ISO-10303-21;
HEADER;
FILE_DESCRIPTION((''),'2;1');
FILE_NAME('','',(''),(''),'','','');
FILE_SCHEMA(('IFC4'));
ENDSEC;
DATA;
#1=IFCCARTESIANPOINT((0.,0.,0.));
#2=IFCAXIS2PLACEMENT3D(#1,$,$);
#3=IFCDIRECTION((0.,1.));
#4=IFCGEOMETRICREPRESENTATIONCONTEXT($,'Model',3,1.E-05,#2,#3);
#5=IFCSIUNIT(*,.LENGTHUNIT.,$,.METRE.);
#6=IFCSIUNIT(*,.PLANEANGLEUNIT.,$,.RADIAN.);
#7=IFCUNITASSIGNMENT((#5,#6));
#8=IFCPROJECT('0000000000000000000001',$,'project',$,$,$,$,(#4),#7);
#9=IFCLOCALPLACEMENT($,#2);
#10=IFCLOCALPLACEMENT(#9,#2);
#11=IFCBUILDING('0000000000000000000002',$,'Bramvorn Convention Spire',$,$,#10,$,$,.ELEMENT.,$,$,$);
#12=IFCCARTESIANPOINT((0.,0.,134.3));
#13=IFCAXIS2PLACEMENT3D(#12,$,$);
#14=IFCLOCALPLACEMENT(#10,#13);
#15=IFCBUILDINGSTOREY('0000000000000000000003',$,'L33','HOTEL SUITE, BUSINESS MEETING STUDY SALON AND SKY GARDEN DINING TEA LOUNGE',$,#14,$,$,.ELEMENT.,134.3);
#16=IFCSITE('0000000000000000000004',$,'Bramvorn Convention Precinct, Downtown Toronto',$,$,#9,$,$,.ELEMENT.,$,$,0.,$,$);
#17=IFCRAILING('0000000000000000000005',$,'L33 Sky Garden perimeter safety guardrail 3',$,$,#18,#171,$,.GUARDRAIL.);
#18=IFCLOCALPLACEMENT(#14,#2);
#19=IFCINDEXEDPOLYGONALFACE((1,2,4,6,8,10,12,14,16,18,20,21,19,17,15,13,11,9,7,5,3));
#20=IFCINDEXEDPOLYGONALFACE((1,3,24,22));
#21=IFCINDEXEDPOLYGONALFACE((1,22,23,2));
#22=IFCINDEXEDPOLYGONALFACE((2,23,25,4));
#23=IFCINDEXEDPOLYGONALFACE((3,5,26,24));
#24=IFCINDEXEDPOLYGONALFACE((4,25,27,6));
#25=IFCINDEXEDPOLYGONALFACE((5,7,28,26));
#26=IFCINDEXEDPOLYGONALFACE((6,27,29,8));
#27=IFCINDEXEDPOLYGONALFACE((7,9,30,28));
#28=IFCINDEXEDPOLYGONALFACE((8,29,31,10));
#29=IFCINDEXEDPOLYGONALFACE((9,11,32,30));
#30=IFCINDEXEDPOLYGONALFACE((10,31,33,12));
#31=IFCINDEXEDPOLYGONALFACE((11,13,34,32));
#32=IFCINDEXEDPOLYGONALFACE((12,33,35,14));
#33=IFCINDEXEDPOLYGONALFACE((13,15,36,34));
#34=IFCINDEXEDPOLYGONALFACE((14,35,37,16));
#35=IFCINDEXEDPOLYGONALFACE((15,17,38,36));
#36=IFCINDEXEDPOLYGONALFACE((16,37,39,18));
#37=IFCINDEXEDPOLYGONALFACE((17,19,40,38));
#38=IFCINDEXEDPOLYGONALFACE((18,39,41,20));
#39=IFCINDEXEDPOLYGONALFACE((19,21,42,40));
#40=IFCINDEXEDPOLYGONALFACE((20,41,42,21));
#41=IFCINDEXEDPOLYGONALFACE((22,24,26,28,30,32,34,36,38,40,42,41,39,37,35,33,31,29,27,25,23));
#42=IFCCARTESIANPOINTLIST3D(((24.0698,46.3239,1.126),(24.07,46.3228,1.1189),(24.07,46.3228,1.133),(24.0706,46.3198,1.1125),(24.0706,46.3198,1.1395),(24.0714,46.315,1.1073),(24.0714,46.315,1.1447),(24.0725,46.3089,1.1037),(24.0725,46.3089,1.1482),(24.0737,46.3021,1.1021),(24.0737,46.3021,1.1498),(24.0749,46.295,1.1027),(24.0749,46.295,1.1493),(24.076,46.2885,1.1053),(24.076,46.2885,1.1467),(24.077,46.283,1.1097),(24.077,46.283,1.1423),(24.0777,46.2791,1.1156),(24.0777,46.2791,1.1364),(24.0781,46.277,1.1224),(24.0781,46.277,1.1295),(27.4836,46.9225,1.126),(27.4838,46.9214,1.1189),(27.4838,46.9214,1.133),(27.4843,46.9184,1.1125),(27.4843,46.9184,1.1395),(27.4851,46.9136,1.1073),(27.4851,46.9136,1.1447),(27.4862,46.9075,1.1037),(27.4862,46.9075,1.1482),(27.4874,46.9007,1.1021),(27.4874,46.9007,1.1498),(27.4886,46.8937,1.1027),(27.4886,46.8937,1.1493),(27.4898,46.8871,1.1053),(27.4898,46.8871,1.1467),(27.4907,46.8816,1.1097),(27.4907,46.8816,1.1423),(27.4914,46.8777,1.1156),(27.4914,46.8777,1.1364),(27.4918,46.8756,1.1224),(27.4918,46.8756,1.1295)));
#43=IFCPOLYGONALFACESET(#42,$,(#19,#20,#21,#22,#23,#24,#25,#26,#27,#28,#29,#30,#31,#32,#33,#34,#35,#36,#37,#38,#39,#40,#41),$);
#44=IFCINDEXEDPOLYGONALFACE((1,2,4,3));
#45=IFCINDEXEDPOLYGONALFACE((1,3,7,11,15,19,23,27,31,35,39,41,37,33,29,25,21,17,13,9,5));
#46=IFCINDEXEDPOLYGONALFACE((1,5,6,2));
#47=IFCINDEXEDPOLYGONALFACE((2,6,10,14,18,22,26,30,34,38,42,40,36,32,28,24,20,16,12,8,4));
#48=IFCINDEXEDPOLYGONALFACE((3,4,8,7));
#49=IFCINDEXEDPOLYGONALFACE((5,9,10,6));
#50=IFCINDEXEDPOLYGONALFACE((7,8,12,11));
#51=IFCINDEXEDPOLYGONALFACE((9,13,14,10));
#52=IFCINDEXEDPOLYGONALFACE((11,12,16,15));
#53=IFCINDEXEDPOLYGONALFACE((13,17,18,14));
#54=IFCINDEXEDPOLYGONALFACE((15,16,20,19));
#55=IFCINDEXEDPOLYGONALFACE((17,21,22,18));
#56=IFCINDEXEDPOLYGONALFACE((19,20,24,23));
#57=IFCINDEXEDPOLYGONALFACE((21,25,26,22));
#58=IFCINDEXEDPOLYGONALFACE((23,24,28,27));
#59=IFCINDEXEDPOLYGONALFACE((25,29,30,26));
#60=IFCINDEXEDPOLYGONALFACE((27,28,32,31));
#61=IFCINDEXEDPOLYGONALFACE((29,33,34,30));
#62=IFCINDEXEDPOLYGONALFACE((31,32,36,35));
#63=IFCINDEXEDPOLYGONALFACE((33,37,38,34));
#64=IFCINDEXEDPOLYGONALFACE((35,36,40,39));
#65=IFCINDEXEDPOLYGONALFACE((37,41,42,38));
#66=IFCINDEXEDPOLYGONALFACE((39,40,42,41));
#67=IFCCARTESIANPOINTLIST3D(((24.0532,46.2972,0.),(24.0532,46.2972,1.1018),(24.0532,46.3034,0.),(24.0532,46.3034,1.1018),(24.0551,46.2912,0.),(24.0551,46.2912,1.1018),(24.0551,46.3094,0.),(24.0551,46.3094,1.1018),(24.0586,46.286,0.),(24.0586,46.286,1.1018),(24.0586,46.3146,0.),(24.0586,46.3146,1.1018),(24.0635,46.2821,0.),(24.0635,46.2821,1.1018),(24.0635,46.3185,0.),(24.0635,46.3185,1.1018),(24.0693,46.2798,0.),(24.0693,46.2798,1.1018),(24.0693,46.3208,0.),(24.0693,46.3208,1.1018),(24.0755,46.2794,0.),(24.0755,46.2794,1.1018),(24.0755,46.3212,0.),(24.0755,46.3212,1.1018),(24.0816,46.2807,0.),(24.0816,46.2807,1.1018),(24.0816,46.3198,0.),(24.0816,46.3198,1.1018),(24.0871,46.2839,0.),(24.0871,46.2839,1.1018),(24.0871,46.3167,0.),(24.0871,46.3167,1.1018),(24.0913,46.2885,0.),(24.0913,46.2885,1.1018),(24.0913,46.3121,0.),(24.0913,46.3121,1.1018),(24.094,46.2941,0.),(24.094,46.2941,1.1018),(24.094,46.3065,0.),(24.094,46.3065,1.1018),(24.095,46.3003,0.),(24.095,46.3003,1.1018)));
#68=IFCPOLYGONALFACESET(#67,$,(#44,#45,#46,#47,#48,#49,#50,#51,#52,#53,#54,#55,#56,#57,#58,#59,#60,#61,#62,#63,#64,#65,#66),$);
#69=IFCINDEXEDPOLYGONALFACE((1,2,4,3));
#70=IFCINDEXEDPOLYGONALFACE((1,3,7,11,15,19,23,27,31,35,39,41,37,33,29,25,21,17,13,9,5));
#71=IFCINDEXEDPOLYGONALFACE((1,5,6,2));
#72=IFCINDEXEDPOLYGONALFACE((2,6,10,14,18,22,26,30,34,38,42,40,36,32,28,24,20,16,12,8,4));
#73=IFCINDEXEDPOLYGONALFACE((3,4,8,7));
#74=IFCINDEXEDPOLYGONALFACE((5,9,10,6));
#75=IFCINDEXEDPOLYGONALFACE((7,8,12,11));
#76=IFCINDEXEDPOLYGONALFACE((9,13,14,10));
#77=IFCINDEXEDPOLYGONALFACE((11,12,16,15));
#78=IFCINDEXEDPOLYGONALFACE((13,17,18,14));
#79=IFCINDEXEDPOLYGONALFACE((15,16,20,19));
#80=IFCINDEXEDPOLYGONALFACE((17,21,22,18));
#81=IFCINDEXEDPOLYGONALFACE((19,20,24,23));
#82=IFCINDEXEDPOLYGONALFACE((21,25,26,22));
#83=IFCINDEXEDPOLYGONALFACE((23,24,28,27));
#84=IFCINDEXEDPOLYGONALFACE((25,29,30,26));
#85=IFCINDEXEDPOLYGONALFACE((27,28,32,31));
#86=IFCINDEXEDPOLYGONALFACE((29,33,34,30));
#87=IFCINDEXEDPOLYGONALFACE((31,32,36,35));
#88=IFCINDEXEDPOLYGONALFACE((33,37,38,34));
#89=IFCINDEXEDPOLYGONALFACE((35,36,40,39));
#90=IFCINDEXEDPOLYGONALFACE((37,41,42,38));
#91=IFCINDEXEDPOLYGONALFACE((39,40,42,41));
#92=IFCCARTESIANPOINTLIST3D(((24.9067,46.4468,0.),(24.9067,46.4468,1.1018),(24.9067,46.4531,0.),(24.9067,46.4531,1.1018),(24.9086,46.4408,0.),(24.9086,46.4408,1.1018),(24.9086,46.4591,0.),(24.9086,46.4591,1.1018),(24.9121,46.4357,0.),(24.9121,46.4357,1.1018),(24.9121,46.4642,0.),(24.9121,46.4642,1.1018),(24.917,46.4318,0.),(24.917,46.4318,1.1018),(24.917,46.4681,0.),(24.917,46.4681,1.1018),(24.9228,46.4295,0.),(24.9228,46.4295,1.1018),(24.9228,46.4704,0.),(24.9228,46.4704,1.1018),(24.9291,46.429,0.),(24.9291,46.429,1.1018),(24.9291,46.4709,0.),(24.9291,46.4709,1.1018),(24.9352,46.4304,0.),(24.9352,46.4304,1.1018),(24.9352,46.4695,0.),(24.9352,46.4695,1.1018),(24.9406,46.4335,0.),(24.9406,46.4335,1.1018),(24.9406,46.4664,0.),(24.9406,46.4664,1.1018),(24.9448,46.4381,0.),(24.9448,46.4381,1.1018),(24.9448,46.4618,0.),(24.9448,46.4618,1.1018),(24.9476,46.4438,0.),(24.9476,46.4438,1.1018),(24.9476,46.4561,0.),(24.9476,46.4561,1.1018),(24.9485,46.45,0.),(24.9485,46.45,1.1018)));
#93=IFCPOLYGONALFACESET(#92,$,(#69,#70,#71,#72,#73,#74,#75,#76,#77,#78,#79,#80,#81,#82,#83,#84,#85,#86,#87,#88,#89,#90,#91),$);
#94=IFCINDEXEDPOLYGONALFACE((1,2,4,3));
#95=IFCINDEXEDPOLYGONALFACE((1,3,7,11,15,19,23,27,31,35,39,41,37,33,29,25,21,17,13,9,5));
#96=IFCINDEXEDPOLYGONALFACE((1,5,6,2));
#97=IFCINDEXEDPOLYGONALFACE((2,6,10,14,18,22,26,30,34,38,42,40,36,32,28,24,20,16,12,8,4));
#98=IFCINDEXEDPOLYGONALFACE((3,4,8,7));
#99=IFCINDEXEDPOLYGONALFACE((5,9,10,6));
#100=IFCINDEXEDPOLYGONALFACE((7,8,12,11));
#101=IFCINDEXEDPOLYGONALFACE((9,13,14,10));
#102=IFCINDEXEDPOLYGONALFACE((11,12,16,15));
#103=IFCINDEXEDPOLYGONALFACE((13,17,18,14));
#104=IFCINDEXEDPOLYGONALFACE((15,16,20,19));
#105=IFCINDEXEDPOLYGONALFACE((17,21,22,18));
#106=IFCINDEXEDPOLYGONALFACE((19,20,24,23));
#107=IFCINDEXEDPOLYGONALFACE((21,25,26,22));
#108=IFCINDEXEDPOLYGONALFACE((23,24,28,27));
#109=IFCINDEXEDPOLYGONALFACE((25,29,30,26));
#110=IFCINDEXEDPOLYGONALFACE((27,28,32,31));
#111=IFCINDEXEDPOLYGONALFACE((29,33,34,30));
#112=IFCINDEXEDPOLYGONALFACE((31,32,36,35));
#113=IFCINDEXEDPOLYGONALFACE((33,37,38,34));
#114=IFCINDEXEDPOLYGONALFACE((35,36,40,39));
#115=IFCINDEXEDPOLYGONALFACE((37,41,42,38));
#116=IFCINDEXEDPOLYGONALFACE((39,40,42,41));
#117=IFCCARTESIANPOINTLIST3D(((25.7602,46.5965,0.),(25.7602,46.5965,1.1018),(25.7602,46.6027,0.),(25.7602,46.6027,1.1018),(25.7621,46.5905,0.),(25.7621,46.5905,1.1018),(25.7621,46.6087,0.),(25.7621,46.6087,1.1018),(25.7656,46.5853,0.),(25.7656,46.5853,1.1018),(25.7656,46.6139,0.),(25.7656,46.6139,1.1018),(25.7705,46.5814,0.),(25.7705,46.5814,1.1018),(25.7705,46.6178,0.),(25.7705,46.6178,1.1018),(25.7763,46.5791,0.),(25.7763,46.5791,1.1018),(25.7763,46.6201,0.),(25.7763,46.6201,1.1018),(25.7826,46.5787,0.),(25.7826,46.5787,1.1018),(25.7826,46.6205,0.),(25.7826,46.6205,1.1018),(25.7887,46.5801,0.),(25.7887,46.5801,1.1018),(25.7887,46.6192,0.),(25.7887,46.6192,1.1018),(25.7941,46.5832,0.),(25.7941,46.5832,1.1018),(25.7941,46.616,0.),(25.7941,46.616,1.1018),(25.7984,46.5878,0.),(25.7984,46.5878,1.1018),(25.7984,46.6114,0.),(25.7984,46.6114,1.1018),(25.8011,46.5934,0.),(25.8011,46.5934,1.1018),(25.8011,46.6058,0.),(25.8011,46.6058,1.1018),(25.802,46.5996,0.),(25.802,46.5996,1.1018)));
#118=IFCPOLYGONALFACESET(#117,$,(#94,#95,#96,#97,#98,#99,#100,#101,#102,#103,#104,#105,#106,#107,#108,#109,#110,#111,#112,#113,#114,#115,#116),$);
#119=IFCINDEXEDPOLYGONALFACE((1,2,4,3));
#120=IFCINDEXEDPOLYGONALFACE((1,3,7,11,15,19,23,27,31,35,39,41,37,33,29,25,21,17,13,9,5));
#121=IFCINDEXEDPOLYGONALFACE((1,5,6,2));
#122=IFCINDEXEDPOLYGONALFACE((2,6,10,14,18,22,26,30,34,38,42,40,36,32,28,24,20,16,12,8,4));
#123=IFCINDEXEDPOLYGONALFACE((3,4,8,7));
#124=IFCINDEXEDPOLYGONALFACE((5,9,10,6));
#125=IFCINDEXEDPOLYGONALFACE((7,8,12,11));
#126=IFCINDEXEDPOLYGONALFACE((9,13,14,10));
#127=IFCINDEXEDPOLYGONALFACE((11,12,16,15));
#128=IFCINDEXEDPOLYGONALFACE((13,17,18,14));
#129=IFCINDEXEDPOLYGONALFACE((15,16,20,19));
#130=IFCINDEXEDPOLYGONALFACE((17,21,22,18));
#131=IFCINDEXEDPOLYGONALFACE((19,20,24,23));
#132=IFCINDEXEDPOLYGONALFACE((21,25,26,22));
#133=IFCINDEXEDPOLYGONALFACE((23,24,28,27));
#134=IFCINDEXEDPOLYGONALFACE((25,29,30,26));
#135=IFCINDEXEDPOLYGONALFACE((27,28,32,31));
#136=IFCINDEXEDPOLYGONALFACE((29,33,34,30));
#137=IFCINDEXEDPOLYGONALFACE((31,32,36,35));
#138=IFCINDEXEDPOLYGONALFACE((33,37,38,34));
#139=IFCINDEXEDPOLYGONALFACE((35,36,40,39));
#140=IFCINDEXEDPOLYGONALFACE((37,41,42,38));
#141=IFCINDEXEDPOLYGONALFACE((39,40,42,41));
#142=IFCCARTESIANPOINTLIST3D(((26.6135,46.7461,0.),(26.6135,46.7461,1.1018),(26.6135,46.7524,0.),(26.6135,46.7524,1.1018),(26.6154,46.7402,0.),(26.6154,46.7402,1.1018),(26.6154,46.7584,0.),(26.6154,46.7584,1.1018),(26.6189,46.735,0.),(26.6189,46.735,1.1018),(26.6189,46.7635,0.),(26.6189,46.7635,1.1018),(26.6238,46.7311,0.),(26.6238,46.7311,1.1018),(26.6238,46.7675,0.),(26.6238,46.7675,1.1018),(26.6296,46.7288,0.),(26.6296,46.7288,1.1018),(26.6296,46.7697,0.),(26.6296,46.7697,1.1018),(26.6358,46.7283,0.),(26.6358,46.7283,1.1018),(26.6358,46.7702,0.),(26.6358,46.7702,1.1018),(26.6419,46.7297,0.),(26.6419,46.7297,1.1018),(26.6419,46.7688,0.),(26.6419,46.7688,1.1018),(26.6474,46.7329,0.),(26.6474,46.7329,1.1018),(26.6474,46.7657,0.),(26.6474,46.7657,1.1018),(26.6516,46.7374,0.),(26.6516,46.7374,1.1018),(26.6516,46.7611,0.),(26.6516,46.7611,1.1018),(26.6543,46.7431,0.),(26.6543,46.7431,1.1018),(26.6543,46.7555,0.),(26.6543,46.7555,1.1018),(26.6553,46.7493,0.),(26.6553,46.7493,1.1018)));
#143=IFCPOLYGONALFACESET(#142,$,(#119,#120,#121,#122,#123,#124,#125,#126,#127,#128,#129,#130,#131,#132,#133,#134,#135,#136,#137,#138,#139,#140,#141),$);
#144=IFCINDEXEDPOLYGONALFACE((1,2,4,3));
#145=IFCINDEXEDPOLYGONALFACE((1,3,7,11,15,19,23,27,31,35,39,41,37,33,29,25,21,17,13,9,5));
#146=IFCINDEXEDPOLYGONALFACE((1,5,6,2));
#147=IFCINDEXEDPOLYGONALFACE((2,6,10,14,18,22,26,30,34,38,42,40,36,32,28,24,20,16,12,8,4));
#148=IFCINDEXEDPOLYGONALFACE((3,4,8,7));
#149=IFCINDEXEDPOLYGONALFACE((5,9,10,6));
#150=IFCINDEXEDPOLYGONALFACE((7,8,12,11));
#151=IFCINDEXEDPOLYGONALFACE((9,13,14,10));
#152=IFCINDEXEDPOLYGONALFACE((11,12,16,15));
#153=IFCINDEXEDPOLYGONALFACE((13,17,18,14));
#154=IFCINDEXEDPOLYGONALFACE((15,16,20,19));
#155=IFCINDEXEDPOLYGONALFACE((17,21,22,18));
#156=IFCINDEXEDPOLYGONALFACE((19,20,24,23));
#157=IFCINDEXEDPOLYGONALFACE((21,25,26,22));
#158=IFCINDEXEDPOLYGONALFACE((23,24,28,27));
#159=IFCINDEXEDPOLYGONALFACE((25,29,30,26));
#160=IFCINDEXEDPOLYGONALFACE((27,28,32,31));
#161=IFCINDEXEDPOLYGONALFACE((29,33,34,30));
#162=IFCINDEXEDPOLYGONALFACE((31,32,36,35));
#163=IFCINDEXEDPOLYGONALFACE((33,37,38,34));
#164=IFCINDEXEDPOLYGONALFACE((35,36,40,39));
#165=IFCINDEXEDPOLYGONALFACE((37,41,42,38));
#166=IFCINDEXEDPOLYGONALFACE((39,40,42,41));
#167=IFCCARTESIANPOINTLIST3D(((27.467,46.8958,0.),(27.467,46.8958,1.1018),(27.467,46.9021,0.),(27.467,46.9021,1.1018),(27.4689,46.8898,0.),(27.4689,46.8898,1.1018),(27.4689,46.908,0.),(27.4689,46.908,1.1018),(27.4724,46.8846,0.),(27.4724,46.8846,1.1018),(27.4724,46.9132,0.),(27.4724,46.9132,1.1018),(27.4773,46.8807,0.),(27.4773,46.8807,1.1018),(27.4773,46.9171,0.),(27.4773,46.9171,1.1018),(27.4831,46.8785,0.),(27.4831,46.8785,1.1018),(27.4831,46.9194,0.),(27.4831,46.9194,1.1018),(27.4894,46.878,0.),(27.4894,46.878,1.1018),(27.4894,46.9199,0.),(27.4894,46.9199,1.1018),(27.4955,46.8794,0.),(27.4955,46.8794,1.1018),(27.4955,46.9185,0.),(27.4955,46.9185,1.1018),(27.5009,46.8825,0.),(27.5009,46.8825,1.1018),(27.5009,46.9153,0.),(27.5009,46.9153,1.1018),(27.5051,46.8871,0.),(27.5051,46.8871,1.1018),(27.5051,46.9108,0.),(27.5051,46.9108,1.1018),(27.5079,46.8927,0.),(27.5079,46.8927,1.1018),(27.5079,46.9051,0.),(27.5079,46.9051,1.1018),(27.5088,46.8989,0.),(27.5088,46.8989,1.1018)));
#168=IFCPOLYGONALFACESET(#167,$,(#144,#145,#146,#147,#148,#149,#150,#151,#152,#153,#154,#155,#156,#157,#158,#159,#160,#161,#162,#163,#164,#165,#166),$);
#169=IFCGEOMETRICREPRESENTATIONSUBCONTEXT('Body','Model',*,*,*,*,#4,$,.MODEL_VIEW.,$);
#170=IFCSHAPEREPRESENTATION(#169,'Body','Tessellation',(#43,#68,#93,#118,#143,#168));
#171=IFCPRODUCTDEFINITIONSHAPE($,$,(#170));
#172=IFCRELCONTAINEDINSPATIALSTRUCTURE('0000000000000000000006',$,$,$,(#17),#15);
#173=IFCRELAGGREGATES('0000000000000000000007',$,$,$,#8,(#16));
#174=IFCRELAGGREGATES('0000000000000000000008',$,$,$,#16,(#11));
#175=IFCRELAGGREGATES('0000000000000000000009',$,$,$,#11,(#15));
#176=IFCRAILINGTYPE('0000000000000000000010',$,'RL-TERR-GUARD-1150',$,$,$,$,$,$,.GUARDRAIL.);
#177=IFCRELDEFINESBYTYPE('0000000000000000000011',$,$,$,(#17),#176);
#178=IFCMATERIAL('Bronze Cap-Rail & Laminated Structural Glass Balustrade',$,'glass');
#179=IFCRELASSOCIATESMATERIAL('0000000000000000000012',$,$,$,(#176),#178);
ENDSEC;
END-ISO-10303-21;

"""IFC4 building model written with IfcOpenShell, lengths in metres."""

from ifc_helpers import new_model, si_unit, direction, frame, origin, origin_2d, place, context, subcontext, project, spatial, circle, extrude, material, type_object, element, save


model = new_model("IFC4")

# Units and contexts
model_context = context("Model", 3, precision=1e-05, world=origin(), true_north=direction((0.0, 1.0)))
body_context = subcontext(model_context, "Body", "Model", "MODEL_VIEW")
ifc_project = project(units=[si_unit("LENGTHUNIT", "METRE"), si_unit("PLANEANGLEUNIT", "RADIAN")], contexts=[model_context])

# Site, building, storey
site_placement = place(None, origin())
site = spatial("IfcSite", under=ifc_project, at=site_placement, Name="Bramvorn Convention Precinct, Downtown Toronto", CompositionType="ELEMENT", RefElevation=0.0)
building_placement = place(site_placement, origin())
building = spatial("IfcBuilding", under=site, at=building_placement, Name="Bramvorn Convention Spire", CompositionType="ELEMENT")
storey_placement = place(building_placement, frame((0.0, 0.0, 134.3)))
storey = spatial("IfcBuildingStorey", under=building, at=storey_placement, Name="L33", Description="HOTEL SUITE, BUSINESS MEETING STUDY SALON AND SKY GARDEN DINING TEA LOUNGE", CompositionType="ELEMENT", Elevation=134.3)

# Railing
ifc_material_1 = material(Name="Bronze Cap-Rail & Laminated Structural Glass Balustrade", Category="glass")
railing_type = type_object("IfcRailingType", Name="RL-TERR-GUARD-1150", PredefinedType="GUARDRAIL", material=ifc_material_1)
railing_1_placement = place(storey_placement, frame((24.074, 46.3003, 0.0)))
element("IfcRailing", 1, at=railing_1_placement, inside=storey, type_object=railing_type, Name="L33 Sky Garden perimeter safety guardrail 3", PredefinedType="GUARDRAIL", context=body_context, shape_type="SweptSolid", body=[
    extrude(circle(Radius=0.0239, at=origin_2d()), frame((0.0, 0.0, 1.126), z_axis=(0.984971, 0.17272, 0.0), x_axis=(-0.17272, 0.984971, 0.0)), (0.0, 0.0, 1.0), 3.4658),
    extrude(circle(Radius=0.021, at=origin_2d()), origin(), (0.0, 0.0, 1.0), 1.1018),
    extrude(circle(Radius=0.021, at=origin_2d()), frame((0.8535, 0.1497, 0.0)), (0.0, 0.0, 1.0), 1.1018),
    extrude(circle(Radius=0.021, at=origin_2d()), frame((1.707, 0.2993, 0.0)), (0.0, 0.0, 1.0), 1.1018),
    extrude(circle(Radius=0.021, at=origin_2d()), frame((2.5603, 0.449, 0.0)), (0.0, 0.0, 1.0), 1.1018),
    extrude(circle(Radius=0.021, at=origin_2d()), frame((3.4138, 0.5986, 0.0)), (0.0, 0.0, 1.0), 1.1018),
])

save(model, "model.ifc")
